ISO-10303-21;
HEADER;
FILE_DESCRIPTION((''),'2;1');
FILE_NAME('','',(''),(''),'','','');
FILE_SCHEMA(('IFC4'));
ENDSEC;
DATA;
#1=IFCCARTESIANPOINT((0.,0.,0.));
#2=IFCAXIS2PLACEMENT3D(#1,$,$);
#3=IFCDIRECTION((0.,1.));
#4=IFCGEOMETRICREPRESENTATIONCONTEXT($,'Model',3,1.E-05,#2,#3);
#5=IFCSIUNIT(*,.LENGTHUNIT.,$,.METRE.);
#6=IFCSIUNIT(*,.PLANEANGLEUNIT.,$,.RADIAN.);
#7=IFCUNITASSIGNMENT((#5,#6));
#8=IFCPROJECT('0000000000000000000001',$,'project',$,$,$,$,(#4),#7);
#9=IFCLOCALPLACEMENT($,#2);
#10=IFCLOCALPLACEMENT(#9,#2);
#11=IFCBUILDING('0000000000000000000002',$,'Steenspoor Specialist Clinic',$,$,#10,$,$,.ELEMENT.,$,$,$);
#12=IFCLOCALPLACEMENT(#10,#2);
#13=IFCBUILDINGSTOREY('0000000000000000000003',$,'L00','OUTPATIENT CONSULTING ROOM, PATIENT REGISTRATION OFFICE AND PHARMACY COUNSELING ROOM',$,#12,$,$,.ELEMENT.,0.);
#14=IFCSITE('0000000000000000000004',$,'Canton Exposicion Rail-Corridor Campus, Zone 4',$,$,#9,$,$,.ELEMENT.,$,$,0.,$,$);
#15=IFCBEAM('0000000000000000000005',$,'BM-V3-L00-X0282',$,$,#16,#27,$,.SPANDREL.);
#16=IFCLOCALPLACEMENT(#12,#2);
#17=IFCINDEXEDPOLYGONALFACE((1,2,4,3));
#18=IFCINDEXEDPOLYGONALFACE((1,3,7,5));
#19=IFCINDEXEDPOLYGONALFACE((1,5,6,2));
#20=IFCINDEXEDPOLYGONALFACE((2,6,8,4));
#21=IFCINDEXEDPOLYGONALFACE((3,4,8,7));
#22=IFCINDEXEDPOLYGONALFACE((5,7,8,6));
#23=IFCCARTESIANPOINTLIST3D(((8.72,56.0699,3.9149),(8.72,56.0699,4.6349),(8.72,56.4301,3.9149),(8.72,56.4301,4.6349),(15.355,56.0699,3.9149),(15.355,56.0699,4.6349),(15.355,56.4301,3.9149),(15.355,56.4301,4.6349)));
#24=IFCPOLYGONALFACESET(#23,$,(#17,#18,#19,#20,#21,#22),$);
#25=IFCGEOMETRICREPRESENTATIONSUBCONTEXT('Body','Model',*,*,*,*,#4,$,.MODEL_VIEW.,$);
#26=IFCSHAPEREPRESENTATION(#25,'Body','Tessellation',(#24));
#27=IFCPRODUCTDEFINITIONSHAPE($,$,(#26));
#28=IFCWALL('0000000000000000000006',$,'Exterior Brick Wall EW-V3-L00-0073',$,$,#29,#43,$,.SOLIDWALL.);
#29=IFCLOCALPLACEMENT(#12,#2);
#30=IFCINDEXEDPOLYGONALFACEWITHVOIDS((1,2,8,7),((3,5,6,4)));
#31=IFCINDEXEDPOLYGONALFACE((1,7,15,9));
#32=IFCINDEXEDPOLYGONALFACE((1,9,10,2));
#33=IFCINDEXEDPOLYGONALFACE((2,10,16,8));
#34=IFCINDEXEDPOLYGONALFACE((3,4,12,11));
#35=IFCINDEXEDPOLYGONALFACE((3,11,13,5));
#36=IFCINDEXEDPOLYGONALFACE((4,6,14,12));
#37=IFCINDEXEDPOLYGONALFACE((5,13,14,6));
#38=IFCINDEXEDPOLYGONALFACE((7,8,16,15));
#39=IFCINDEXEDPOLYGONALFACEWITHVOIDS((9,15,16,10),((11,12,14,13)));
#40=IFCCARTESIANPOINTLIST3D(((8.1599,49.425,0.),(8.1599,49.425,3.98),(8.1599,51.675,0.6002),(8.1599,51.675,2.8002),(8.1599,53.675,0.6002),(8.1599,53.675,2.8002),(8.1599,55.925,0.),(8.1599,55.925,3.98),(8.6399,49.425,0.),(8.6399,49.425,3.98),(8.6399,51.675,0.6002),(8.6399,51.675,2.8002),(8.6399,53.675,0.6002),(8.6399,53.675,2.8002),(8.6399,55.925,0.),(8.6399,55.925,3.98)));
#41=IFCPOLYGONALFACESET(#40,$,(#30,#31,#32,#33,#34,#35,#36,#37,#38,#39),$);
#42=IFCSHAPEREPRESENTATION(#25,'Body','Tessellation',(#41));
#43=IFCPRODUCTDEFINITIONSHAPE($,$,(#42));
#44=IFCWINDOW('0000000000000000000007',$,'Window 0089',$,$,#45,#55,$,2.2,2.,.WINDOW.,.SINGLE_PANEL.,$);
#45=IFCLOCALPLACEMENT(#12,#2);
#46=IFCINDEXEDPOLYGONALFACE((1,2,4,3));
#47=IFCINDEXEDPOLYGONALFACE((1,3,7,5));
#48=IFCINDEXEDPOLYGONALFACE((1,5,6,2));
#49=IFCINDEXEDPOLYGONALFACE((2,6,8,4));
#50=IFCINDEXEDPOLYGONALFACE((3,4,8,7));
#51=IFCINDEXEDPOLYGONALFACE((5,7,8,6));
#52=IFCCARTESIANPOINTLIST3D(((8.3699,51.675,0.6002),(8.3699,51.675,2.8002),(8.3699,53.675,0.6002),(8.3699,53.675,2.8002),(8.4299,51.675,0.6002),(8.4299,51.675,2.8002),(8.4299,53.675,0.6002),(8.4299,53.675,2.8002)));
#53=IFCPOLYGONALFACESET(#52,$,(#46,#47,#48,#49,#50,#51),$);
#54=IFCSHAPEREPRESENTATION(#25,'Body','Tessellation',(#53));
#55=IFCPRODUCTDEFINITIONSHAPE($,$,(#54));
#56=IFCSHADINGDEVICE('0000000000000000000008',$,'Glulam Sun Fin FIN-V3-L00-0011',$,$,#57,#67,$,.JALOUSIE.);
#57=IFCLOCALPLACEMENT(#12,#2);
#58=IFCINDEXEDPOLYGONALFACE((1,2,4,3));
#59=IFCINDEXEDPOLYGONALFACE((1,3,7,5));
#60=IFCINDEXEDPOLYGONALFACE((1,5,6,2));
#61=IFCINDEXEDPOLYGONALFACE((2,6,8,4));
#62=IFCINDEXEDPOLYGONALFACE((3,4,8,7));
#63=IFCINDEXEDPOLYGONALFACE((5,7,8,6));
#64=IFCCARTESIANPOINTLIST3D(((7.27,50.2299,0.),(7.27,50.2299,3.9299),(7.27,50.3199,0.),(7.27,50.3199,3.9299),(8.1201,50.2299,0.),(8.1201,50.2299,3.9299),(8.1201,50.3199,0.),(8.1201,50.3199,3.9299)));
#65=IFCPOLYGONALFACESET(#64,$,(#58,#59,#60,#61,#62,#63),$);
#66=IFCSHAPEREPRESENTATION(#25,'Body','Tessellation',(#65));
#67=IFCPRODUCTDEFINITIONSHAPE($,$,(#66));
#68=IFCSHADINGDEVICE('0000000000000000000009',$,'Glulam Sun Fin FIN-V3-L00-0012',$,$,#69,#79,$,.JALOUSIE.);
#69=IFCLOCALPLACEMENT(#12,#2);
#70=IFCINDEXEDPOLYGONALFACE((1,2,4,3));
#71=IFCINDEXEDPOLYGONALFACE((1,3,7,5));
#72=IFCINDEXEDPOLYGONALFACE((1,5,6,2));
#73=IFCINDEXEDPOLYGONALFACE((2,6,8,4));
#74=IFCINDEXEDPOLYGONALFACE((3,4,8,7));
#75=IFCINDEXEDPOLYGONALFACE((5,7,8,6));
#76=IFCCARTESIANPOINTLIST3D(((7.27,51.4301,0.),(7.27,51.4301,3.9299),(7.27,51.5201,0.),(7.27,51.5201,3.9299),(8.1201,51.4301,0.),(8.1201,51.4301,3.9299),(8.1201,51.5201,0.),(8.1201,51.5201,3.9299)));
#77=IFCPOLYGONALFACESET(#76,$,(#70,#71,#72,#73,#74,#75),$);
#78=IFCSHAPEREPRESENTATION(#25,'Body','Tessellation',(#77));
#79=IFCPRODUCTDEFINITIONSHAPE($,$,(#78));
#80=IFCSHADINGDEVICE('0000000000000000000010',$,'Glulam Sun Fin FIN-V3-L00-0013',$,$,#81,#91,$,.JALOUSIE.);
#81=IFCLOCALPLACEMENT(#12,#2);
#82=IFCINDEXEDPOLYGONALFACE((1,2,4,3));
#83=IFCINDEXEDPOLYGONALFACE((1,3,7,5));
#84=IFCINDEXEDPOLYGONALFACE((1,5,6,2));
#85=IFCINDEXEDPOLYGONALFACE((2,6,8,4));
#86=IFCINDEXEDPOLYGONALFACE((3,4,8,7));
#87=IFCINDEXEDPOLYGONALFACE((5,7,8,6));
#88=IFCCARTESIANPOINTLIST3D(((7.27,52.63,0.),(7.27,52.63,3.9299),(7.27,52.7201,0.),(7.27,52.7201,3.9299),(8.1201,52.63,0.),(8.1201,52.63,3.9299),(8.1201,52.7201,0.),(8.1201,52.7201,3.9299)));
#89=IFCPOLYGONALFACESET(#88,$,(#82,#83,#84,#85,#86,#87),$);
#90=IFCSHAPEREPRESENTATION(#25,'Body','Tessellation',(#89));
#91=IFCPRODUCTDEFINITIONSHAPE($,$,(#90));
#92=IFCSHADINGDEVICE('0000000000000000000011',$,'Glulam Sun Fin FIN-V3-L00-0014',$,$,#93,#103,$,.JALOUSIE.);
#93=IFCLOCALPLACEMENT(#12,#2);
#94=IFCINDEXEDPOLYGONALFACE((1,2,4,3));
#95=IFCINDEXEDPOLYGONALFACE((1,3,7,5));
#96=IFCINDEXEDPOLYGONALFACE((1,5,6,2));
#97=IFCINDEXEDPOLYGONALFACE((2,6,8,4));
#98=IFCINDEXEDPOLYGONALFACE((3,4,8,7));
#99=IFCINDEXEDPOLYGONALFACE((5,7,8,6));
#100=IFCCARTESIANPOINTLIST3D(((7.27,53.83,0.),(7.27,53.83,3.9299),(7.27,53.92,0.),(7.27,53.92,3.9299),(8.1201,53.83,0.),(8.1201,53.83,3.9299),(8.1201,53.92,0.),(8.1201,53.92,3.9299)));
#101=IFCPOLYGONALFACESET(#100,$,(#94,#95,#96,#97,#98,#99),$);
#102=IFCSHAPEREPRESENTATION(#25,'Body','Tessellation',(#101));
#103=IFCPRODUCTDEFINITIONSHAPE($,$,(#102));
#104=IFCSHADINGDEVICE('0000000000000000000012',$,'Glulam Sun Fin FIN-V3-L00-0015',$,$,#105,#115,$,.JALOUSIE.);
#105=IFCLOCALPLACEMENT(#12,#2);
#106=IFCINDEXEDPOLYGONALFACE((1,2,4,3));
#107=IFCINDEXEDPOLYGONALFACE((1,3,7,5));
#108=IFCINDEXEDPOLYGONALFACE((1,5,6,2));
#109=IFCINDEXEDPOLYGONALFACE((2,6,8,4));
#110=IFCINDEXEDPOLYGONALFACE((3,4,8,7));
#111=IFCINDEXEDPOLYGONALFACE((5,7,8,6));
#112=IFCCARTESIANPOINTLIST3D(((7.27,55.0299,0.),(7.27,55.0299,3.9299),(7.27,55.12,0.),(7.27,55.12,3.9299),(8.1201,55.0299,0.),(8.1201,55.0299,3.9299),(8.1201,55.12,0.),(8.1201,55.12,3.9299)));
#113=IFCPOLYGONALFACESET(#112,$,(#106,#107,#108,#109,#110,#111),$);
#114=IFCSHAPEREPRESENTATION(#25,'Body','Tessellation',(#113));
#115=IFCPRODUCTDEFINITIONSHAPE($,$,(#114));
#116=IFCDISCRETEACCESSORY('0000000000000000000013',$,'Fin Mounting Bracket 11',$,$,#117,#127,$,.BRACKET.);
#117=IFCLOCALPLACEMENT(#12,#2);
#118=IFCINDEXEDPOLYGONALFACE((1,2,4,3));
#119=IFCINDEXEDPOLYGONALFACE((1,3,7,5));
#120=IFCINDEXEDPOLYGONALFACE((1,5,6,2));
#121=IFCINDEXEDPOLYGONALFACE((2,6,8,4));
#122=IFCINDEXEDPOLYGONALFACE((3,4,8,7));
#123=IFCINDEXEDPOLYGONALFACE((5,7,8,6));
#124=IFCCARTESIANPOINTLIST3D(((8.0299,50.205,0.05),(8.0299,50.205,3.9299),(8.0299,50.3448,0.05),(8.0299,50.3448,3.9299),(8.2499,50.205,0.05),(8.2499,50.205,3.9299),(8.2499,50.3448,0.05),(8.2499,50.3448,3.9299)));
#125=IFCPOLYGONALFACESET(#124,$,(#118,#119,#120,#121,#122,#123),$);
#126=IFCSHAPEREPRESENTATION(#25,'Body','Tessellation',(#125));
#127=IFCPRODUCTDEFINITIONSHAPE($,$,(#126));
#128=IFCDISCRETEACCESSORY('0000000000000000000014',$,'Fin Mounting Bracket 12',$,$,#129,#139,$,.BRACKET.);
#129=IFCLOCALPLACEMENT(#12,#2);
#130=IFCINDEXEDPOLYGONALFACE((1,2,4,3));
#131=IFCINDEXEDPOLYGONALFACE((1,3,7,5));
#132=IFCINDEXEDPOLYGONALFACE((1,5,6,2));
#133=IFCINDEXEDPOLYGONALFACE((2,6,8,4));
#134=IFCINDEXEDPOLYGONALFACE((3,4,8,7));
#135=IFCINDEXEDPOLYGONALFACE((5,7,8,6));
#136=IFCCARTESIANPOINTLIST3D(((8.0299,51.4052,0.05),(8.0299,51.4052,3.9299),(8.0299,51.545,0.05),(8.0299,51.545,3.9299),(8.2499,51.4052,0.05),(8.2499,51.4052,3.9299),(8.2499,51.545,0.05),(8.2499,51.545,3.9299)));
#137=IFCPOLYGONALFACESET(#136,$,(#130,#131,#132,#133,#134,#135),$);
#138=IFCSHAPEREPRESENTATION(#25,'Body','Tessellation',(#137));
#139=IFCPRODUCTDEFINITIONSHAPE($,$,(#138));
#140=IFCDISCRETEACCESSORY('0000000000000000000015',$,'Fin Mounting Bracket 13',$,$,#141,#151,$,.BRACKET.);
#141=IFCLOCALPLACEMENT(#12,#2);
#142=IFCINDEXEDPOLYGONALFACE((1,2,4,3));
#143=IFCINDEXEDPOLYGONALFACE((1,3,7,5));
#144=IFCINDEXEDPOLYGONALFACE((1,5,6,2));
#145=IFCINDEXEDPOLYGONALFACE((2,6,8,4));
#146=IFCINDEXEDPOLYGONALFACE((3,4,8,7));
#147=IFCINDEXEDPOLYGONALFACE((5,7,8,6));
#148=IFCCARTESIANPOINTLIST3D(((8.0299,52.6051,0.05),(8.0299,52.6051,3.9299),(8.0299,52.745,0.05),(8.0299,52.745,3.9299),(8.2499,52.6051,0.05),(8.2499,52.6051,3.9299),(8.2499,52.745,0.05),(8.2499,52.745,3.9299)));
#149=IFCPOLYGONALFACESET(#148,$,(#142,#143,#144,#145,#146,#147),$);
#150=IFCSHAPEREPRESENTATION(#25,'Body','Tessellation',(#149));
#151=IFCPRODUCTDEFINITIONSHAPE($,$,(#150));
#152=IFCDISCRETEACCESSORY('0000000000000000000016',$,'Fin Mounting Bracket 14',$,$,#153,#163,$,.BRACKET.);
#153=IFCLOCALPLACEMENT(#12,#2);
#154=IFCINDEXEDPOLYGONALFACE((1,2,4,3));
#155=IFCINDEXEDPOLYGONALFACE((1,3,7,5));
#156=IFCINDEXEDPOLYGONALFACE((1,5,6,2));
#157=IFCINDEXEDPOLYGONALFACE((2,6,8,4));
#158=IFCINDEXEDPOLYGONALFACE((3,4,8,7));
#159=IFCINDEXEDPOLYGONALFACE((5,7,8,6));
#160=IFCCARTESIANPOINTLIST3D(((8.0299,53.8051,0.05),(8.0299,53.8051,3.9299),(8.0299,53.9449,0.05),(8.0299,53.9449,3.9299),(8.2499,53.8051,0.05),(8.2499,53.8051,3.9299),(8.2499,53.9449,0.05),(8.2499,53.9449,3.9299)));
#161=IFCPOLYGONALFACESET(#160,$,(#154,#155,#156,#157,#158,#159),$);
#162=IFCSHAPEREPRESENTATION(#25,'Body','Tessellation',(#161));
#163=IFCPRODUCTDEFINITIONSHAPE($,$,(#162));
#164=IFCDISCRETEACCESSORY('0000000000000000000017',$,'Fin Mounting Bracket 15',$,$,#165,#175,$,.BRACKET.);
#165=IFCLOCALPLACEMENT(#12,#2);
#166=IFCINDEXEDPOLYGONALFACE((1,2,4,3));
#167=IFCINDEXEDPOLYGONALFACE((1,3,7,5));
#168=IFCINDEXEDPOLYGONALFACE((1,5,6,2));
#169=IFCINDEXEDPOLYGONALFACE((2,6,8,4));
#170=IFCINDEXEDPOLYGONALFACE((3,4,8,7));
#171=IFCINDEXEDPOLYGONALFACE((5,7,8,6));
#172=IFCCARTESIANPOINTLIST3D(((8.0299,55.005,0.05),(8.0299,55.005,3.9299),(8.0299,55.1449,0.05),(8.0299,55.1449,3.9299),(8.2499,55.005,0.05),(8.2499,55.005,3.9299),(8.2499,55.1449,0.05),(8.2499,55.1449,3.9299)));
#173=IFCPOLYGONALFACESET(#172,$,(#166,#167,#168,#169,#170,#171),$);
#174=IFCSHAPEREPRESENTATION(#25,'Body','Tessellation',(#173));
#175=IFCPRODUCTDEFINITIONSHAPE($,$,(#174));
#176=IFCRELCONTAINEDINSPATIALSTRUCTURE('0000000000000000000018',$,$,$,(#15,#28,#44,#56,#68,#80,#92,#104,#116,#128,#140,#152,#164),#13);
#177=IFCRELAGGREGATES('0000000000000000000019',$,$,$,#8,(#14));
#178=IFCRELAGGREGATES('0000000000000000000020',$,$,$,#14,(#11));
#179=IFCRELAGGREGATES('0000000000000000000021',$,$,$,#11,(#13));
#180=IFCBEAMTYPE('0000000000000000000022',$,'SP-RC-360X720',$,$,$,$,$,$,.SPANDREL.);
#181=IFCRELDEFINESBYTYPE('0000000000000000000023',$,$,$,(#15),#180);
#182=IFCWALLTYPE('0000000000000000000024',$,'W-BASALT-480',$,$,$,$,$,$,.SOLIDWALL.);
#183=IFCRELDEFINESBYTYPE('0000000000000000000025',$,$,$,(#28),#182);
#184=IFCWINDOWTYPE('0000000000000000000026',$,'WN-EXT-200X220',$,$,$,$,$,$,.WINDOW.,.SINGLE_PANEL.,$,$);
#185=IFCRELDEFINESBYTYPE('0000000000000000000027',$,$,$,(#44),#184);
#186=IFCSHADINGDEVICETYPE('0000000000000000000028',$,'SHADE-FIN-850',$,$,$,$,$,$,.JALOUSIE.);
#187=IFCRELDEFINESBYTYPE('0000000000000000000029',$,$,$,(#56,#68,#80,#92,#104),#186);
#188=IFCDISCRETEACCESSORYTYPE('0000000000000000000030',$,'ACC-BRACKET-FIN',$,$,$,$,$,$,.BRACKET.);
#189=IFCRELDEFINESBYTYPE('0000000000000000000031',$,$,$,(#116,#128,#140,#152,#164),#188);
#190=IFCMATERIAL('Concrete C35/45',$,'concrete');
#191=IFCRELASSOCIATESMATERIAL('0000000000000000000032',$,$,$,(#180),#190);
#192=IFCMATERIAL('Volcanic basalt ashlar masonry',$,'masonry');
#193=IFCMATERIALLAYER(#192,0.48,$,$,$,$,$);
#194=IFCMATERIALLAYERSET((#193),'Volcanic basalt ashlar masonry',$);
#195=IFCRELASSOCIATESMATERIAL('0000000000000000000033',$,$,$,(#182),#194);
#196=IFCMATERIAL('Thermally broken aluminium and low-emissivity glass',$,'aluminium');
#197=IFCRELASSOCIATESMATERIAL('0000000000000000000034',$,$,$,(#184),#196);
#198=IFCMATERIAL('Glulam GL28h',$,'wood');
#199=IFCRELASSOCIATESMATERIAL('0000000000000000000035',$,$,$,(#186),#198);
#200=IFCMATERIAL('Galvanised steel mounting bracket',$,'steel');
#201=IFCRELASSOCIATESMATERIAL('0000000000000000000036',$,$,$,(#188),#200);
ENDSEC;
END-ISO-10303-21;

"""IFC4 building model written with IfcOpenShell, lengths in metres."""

from ifc_helpers import new_model, si_unit, direction, frame, frame_2d, origin, origin_2d, place, context, subcontext, project, spatial, rectangle, extrude, material, layer, layer_set, material_profile, profile_set, type_object, element, fill, save


model = new_model("IFC4")

# Units and contexts
model_context = context("Model", 3, precision=1e-05, world=origin(), true_north=direction((0.0, 1.0)))
body_context = subcontext(model_context, "Body", "Model", "MODEL_VIEW")
ifc_project = project(units=[si_unit("LENGTHUNIT", "METRE"), si_unit("PLANEANGLEUNIT", "RADIAN")], contexts=[model_context])

# Site, building, storey
site_placement = place(None, origin())
site = spatial("IfcSite", under=ifc_project, at=site_placement, Name="Canton Exposicion Rail-Corridor Campus, Zone 4", CompositionType="ELEMENT", RefElevation=0.0)
building_placement = place(site_placement, origin())
building = spatial("IfcBuilding", under=site, at=building_placement, Name="Steenspoor Specialist Clinic", CompositionType="ELEMENT")
storey_placement = place(building_placement, origin())
storey = spatial("IfcBuildingStorey", under=building, at=storey_placement, Name="L00", Description="OUTPATIENT CONSULTING ROOM, PATIENT REGISTRATION OFFICE AND PHARMACY COUNSELING ROOM", CompositionType="ELEMENT", Elevation=0.0)

# Shared definitions
ifc_material_1 = material(Name="Concrete C35/45", Category="concrete")

# Beam
ifc_material_profile_1 = material_profile(ifc_material_1, rectangle(XDim=0.3601, YDim=0.72, at=origin_2d()), Name="RC-SP-360X720")
ifc_profile_set_1 = profile_set([ifc_material_profile_1], Name="Concrete C35/45")
beam_type = type_object("IfcBeamType", Name="SP-RC-360X720", PredefinedType="SPANDREL", material=ifc_profile_set_1)
beam_placement = place(storey_placement, frame((8.72, 56.25, 4.2749), z_axis=(1.0, 0.0, 0.0), x_axis=(0.0, 1.0, 0.0)))
element("IfcBeam", 1, at=beam_placement, inside=storey, type_object=beam_type, Name="BM-V3-L00-X0282", PredefinedType="SPANDREL", context=body_context, shape_type="SweptSolid", body=[
    extrude(rectangle(XDim=0.3601, YDim=0.72, at=origin_2d()), origin(), (0.0, 0.0, 1.0), 6.635),
])

# Wall, opening, window
ifc_material_2 = material(Name="Volcanic basalt ashlar masonry", Category="masonry")
ifc_layer = layer(ifc_material_2, 0.48)
ifc_layer_set = layer_set([ifc_layer], Name="Volcanic basalt ashlar masonry")
wall_type = type_object("IfcWallType", Name="W-BASALT-480", PredefinedType="SOLIDWALL", material=ifc_layer_set)
wall_placement = place(storey_placement, frame((8.3999, 49.425, 0.0), z_axis=(0.0, 0.0, 1.0), x_axis=(0.0, 1.0, 0.0)))
wall = element("IfcWall", 2, at=wall_placement, inside=storey, type_object=wall_type, Name="Exterior Brick Wall EW-V3-L00-0073", PredefinedType="SOLIDWALL", context=body_context, shape_type="SweptSolid", body=[
    extrude(rectangle(XDim=6.5, YDim=0.48, at=frame_2d((3.25, 0.0))), origin(), (0.0, 0.0, 1.0), 3.98),
])
opening_placement = place(wall_placement, frame((2.25, 0.0, 0.6001)))
opening = element("IfcOpeningElement", 3, at=opening_placement, cuts=wall, PredefinedType="OPENING", context=body_context, shape_type="SweptSolid", body=[
    extrude(rectangle(XDim=2.0, YDim=2.2, at=frame_2d((1.0, 1.1001))), frame((0.0, 0.25, 0.0), z_axis=(0.0, -1.0, 0.0), x_axis=(1.0, 0.0, 0.0)), (0.0, 0.0, 1.0), 0.5),
])
ifc_material_3 = material(Name="Thermally broken aluminium and low-emissivity glass", Category="aluminium")
window_type = type_object("IfcWindowType", Name="WN-EXT-200X220", PartitioningType="SINGLE_PANEL", PredefinedType="WINDOW", material=ifc_material_3)
window_placement = place(opening_placement, origin())
window = element("IfcWindow", 4, at=window_placement, inside=storey, type_object=window_type, Name="Window 0089", OverallHeight=2.2, OverallWidth=2.0, PartitioningType="SINGLE_PANEL", PredefinedType="WINDOW", context=body_context, shape_type="SweptSolid", body=[
    extrude(rectangle(XDim=2.0, YDim=2.2, at=frame_2d((1.0, 1.1001))), frame((0.0, 0.03, 0.0), z_axis=(0.0, -1.0, 0.0), x_axis=(1.0, 0.0, 0.0)), (0.0, 0.0, 1.0), 0.0601),
])
fill(opening, window)

# Shading devices
ifc_material_4 = material(Name="Glulam GL28h", Category="wood")
ifc_material_profile_2 = material_profile(ifc_material_4, rectangle(XDim=0.0901, YDim=0.8501, at=origin_2d()), Name="GL28H-90X850")
ifc_profile_set_2 = profile_set([ifc_material_profile_2], Name="Glulam GL28h")
shading_device_type = type_object("IfcShadingDeviceType", Name="SHADE-FIN-850", PredefinedType="JALOUSIE", material=ifc_profile_set_2)
for number, where, z_axis, x_axis, name in (
    (5, (7.6951, 50.2749, 0.0), (0.0, 0.0, 1.0), (0.0, 1.0, 0.0), "Glulam Sun Fin FIN-V3-L00-0011"),
    (6, (7.6951, 51.4751, 0.0), (0.0, 0.0, 1.0), (0.0, 1.0, 0.0), "Glulam Sun Fin FIN-V3-L00-0012"),
    (7, (7.6951, 52.675, 0.0), (0.0, 0.0, 1.0), (0.0, 1.0, 0.0), "Glulam Sun Fin FIN-V3-L00-0013"),
    (8, (7.6951, 53.875, 0.0), (0.0, 0.0, 1.0), (0.0, 1.0, 0.0), "Glulam Sun Fin FIN-V3-L00-0014"),
    (9, (7.6951, 55.075, 0.0), (0.0, 0.0, 1.0), (0.0, 1.0, 0.0), "Glulam Sun Fin FIN-V3-L00-0015"),
):
    element("IfcShadingDevice", number, at=place(storey_placement, frame(where, z_axis=z_axis, x_axis=x_axis)), inside=storey, type_object=shading_device_type, Name=name, PredefinedType="JALOUSIE", context=body_context, shape_type="SweptSolid", body=[
        extrude(rectangle(XDim=0.0901, YDim=0.8501, at=origin_2d()), origin(), (0.0, 0.0, 1.0), 3.9299),
    ])

# Discrete accessories
ifc_material_5 = material(Name="Galvanised steel mounting bracket", Category="steel")
discrete_accessory_type = type_object("IfcDiscreteAccessoryType", Name="ACC-BRACKET-FIN", PredefinedType="BRACKET", material=ifc_material_5)
for number, where, z_axis, x_axis, name in (
    (10, (8.1399, 50.2749, 0.05), (0.0, 0.0, 1.0), (-1.0, 0.0, 0.0), "Fin Mounting Bracket 11"),
    (11, (8.1399, 51.4751, 0.05), (0.0, 0.0, 1.0), (-1.0, 0.0, 0.0), "Fin Mounting Bracket 12"),
    (12, (8.1399, 52.675, 0.05), (0.0, 0.0, 1.0), (-1.0, 0.0, 0.0), "Fin Mounting Bracket 13"),
    (13, (8.1399, 53.875, 0.05), (0.0, 0.0, 1.0), (-1.0, 0.0, 0.0), "Fin Mounting Bracket 14"),
    (14, (8.1399, 55.075, 0.05), (0.0, 0.0, 1.0), (-1.0, 0.0, 0.0), "Fin Mounting Bracket 15"),
):
    element("IfcDiscreteAccessory", number, at=place(storey_placement, frame(where, z_axis=z_axis, x_axis=x_axis)), inside=storey, type_object=discrete_accessory_type, Name=name, PredefinedType="BRACKET", context=body_context, shape_type="SweptSolid", body=[
        extrude(rectangle(XDim=0.22, YDim=0.1399, at=origin_2d()), origin(), (0.0, 0.0, 1.0), 3.8799),
    ])

save(model, "model.ifc")
